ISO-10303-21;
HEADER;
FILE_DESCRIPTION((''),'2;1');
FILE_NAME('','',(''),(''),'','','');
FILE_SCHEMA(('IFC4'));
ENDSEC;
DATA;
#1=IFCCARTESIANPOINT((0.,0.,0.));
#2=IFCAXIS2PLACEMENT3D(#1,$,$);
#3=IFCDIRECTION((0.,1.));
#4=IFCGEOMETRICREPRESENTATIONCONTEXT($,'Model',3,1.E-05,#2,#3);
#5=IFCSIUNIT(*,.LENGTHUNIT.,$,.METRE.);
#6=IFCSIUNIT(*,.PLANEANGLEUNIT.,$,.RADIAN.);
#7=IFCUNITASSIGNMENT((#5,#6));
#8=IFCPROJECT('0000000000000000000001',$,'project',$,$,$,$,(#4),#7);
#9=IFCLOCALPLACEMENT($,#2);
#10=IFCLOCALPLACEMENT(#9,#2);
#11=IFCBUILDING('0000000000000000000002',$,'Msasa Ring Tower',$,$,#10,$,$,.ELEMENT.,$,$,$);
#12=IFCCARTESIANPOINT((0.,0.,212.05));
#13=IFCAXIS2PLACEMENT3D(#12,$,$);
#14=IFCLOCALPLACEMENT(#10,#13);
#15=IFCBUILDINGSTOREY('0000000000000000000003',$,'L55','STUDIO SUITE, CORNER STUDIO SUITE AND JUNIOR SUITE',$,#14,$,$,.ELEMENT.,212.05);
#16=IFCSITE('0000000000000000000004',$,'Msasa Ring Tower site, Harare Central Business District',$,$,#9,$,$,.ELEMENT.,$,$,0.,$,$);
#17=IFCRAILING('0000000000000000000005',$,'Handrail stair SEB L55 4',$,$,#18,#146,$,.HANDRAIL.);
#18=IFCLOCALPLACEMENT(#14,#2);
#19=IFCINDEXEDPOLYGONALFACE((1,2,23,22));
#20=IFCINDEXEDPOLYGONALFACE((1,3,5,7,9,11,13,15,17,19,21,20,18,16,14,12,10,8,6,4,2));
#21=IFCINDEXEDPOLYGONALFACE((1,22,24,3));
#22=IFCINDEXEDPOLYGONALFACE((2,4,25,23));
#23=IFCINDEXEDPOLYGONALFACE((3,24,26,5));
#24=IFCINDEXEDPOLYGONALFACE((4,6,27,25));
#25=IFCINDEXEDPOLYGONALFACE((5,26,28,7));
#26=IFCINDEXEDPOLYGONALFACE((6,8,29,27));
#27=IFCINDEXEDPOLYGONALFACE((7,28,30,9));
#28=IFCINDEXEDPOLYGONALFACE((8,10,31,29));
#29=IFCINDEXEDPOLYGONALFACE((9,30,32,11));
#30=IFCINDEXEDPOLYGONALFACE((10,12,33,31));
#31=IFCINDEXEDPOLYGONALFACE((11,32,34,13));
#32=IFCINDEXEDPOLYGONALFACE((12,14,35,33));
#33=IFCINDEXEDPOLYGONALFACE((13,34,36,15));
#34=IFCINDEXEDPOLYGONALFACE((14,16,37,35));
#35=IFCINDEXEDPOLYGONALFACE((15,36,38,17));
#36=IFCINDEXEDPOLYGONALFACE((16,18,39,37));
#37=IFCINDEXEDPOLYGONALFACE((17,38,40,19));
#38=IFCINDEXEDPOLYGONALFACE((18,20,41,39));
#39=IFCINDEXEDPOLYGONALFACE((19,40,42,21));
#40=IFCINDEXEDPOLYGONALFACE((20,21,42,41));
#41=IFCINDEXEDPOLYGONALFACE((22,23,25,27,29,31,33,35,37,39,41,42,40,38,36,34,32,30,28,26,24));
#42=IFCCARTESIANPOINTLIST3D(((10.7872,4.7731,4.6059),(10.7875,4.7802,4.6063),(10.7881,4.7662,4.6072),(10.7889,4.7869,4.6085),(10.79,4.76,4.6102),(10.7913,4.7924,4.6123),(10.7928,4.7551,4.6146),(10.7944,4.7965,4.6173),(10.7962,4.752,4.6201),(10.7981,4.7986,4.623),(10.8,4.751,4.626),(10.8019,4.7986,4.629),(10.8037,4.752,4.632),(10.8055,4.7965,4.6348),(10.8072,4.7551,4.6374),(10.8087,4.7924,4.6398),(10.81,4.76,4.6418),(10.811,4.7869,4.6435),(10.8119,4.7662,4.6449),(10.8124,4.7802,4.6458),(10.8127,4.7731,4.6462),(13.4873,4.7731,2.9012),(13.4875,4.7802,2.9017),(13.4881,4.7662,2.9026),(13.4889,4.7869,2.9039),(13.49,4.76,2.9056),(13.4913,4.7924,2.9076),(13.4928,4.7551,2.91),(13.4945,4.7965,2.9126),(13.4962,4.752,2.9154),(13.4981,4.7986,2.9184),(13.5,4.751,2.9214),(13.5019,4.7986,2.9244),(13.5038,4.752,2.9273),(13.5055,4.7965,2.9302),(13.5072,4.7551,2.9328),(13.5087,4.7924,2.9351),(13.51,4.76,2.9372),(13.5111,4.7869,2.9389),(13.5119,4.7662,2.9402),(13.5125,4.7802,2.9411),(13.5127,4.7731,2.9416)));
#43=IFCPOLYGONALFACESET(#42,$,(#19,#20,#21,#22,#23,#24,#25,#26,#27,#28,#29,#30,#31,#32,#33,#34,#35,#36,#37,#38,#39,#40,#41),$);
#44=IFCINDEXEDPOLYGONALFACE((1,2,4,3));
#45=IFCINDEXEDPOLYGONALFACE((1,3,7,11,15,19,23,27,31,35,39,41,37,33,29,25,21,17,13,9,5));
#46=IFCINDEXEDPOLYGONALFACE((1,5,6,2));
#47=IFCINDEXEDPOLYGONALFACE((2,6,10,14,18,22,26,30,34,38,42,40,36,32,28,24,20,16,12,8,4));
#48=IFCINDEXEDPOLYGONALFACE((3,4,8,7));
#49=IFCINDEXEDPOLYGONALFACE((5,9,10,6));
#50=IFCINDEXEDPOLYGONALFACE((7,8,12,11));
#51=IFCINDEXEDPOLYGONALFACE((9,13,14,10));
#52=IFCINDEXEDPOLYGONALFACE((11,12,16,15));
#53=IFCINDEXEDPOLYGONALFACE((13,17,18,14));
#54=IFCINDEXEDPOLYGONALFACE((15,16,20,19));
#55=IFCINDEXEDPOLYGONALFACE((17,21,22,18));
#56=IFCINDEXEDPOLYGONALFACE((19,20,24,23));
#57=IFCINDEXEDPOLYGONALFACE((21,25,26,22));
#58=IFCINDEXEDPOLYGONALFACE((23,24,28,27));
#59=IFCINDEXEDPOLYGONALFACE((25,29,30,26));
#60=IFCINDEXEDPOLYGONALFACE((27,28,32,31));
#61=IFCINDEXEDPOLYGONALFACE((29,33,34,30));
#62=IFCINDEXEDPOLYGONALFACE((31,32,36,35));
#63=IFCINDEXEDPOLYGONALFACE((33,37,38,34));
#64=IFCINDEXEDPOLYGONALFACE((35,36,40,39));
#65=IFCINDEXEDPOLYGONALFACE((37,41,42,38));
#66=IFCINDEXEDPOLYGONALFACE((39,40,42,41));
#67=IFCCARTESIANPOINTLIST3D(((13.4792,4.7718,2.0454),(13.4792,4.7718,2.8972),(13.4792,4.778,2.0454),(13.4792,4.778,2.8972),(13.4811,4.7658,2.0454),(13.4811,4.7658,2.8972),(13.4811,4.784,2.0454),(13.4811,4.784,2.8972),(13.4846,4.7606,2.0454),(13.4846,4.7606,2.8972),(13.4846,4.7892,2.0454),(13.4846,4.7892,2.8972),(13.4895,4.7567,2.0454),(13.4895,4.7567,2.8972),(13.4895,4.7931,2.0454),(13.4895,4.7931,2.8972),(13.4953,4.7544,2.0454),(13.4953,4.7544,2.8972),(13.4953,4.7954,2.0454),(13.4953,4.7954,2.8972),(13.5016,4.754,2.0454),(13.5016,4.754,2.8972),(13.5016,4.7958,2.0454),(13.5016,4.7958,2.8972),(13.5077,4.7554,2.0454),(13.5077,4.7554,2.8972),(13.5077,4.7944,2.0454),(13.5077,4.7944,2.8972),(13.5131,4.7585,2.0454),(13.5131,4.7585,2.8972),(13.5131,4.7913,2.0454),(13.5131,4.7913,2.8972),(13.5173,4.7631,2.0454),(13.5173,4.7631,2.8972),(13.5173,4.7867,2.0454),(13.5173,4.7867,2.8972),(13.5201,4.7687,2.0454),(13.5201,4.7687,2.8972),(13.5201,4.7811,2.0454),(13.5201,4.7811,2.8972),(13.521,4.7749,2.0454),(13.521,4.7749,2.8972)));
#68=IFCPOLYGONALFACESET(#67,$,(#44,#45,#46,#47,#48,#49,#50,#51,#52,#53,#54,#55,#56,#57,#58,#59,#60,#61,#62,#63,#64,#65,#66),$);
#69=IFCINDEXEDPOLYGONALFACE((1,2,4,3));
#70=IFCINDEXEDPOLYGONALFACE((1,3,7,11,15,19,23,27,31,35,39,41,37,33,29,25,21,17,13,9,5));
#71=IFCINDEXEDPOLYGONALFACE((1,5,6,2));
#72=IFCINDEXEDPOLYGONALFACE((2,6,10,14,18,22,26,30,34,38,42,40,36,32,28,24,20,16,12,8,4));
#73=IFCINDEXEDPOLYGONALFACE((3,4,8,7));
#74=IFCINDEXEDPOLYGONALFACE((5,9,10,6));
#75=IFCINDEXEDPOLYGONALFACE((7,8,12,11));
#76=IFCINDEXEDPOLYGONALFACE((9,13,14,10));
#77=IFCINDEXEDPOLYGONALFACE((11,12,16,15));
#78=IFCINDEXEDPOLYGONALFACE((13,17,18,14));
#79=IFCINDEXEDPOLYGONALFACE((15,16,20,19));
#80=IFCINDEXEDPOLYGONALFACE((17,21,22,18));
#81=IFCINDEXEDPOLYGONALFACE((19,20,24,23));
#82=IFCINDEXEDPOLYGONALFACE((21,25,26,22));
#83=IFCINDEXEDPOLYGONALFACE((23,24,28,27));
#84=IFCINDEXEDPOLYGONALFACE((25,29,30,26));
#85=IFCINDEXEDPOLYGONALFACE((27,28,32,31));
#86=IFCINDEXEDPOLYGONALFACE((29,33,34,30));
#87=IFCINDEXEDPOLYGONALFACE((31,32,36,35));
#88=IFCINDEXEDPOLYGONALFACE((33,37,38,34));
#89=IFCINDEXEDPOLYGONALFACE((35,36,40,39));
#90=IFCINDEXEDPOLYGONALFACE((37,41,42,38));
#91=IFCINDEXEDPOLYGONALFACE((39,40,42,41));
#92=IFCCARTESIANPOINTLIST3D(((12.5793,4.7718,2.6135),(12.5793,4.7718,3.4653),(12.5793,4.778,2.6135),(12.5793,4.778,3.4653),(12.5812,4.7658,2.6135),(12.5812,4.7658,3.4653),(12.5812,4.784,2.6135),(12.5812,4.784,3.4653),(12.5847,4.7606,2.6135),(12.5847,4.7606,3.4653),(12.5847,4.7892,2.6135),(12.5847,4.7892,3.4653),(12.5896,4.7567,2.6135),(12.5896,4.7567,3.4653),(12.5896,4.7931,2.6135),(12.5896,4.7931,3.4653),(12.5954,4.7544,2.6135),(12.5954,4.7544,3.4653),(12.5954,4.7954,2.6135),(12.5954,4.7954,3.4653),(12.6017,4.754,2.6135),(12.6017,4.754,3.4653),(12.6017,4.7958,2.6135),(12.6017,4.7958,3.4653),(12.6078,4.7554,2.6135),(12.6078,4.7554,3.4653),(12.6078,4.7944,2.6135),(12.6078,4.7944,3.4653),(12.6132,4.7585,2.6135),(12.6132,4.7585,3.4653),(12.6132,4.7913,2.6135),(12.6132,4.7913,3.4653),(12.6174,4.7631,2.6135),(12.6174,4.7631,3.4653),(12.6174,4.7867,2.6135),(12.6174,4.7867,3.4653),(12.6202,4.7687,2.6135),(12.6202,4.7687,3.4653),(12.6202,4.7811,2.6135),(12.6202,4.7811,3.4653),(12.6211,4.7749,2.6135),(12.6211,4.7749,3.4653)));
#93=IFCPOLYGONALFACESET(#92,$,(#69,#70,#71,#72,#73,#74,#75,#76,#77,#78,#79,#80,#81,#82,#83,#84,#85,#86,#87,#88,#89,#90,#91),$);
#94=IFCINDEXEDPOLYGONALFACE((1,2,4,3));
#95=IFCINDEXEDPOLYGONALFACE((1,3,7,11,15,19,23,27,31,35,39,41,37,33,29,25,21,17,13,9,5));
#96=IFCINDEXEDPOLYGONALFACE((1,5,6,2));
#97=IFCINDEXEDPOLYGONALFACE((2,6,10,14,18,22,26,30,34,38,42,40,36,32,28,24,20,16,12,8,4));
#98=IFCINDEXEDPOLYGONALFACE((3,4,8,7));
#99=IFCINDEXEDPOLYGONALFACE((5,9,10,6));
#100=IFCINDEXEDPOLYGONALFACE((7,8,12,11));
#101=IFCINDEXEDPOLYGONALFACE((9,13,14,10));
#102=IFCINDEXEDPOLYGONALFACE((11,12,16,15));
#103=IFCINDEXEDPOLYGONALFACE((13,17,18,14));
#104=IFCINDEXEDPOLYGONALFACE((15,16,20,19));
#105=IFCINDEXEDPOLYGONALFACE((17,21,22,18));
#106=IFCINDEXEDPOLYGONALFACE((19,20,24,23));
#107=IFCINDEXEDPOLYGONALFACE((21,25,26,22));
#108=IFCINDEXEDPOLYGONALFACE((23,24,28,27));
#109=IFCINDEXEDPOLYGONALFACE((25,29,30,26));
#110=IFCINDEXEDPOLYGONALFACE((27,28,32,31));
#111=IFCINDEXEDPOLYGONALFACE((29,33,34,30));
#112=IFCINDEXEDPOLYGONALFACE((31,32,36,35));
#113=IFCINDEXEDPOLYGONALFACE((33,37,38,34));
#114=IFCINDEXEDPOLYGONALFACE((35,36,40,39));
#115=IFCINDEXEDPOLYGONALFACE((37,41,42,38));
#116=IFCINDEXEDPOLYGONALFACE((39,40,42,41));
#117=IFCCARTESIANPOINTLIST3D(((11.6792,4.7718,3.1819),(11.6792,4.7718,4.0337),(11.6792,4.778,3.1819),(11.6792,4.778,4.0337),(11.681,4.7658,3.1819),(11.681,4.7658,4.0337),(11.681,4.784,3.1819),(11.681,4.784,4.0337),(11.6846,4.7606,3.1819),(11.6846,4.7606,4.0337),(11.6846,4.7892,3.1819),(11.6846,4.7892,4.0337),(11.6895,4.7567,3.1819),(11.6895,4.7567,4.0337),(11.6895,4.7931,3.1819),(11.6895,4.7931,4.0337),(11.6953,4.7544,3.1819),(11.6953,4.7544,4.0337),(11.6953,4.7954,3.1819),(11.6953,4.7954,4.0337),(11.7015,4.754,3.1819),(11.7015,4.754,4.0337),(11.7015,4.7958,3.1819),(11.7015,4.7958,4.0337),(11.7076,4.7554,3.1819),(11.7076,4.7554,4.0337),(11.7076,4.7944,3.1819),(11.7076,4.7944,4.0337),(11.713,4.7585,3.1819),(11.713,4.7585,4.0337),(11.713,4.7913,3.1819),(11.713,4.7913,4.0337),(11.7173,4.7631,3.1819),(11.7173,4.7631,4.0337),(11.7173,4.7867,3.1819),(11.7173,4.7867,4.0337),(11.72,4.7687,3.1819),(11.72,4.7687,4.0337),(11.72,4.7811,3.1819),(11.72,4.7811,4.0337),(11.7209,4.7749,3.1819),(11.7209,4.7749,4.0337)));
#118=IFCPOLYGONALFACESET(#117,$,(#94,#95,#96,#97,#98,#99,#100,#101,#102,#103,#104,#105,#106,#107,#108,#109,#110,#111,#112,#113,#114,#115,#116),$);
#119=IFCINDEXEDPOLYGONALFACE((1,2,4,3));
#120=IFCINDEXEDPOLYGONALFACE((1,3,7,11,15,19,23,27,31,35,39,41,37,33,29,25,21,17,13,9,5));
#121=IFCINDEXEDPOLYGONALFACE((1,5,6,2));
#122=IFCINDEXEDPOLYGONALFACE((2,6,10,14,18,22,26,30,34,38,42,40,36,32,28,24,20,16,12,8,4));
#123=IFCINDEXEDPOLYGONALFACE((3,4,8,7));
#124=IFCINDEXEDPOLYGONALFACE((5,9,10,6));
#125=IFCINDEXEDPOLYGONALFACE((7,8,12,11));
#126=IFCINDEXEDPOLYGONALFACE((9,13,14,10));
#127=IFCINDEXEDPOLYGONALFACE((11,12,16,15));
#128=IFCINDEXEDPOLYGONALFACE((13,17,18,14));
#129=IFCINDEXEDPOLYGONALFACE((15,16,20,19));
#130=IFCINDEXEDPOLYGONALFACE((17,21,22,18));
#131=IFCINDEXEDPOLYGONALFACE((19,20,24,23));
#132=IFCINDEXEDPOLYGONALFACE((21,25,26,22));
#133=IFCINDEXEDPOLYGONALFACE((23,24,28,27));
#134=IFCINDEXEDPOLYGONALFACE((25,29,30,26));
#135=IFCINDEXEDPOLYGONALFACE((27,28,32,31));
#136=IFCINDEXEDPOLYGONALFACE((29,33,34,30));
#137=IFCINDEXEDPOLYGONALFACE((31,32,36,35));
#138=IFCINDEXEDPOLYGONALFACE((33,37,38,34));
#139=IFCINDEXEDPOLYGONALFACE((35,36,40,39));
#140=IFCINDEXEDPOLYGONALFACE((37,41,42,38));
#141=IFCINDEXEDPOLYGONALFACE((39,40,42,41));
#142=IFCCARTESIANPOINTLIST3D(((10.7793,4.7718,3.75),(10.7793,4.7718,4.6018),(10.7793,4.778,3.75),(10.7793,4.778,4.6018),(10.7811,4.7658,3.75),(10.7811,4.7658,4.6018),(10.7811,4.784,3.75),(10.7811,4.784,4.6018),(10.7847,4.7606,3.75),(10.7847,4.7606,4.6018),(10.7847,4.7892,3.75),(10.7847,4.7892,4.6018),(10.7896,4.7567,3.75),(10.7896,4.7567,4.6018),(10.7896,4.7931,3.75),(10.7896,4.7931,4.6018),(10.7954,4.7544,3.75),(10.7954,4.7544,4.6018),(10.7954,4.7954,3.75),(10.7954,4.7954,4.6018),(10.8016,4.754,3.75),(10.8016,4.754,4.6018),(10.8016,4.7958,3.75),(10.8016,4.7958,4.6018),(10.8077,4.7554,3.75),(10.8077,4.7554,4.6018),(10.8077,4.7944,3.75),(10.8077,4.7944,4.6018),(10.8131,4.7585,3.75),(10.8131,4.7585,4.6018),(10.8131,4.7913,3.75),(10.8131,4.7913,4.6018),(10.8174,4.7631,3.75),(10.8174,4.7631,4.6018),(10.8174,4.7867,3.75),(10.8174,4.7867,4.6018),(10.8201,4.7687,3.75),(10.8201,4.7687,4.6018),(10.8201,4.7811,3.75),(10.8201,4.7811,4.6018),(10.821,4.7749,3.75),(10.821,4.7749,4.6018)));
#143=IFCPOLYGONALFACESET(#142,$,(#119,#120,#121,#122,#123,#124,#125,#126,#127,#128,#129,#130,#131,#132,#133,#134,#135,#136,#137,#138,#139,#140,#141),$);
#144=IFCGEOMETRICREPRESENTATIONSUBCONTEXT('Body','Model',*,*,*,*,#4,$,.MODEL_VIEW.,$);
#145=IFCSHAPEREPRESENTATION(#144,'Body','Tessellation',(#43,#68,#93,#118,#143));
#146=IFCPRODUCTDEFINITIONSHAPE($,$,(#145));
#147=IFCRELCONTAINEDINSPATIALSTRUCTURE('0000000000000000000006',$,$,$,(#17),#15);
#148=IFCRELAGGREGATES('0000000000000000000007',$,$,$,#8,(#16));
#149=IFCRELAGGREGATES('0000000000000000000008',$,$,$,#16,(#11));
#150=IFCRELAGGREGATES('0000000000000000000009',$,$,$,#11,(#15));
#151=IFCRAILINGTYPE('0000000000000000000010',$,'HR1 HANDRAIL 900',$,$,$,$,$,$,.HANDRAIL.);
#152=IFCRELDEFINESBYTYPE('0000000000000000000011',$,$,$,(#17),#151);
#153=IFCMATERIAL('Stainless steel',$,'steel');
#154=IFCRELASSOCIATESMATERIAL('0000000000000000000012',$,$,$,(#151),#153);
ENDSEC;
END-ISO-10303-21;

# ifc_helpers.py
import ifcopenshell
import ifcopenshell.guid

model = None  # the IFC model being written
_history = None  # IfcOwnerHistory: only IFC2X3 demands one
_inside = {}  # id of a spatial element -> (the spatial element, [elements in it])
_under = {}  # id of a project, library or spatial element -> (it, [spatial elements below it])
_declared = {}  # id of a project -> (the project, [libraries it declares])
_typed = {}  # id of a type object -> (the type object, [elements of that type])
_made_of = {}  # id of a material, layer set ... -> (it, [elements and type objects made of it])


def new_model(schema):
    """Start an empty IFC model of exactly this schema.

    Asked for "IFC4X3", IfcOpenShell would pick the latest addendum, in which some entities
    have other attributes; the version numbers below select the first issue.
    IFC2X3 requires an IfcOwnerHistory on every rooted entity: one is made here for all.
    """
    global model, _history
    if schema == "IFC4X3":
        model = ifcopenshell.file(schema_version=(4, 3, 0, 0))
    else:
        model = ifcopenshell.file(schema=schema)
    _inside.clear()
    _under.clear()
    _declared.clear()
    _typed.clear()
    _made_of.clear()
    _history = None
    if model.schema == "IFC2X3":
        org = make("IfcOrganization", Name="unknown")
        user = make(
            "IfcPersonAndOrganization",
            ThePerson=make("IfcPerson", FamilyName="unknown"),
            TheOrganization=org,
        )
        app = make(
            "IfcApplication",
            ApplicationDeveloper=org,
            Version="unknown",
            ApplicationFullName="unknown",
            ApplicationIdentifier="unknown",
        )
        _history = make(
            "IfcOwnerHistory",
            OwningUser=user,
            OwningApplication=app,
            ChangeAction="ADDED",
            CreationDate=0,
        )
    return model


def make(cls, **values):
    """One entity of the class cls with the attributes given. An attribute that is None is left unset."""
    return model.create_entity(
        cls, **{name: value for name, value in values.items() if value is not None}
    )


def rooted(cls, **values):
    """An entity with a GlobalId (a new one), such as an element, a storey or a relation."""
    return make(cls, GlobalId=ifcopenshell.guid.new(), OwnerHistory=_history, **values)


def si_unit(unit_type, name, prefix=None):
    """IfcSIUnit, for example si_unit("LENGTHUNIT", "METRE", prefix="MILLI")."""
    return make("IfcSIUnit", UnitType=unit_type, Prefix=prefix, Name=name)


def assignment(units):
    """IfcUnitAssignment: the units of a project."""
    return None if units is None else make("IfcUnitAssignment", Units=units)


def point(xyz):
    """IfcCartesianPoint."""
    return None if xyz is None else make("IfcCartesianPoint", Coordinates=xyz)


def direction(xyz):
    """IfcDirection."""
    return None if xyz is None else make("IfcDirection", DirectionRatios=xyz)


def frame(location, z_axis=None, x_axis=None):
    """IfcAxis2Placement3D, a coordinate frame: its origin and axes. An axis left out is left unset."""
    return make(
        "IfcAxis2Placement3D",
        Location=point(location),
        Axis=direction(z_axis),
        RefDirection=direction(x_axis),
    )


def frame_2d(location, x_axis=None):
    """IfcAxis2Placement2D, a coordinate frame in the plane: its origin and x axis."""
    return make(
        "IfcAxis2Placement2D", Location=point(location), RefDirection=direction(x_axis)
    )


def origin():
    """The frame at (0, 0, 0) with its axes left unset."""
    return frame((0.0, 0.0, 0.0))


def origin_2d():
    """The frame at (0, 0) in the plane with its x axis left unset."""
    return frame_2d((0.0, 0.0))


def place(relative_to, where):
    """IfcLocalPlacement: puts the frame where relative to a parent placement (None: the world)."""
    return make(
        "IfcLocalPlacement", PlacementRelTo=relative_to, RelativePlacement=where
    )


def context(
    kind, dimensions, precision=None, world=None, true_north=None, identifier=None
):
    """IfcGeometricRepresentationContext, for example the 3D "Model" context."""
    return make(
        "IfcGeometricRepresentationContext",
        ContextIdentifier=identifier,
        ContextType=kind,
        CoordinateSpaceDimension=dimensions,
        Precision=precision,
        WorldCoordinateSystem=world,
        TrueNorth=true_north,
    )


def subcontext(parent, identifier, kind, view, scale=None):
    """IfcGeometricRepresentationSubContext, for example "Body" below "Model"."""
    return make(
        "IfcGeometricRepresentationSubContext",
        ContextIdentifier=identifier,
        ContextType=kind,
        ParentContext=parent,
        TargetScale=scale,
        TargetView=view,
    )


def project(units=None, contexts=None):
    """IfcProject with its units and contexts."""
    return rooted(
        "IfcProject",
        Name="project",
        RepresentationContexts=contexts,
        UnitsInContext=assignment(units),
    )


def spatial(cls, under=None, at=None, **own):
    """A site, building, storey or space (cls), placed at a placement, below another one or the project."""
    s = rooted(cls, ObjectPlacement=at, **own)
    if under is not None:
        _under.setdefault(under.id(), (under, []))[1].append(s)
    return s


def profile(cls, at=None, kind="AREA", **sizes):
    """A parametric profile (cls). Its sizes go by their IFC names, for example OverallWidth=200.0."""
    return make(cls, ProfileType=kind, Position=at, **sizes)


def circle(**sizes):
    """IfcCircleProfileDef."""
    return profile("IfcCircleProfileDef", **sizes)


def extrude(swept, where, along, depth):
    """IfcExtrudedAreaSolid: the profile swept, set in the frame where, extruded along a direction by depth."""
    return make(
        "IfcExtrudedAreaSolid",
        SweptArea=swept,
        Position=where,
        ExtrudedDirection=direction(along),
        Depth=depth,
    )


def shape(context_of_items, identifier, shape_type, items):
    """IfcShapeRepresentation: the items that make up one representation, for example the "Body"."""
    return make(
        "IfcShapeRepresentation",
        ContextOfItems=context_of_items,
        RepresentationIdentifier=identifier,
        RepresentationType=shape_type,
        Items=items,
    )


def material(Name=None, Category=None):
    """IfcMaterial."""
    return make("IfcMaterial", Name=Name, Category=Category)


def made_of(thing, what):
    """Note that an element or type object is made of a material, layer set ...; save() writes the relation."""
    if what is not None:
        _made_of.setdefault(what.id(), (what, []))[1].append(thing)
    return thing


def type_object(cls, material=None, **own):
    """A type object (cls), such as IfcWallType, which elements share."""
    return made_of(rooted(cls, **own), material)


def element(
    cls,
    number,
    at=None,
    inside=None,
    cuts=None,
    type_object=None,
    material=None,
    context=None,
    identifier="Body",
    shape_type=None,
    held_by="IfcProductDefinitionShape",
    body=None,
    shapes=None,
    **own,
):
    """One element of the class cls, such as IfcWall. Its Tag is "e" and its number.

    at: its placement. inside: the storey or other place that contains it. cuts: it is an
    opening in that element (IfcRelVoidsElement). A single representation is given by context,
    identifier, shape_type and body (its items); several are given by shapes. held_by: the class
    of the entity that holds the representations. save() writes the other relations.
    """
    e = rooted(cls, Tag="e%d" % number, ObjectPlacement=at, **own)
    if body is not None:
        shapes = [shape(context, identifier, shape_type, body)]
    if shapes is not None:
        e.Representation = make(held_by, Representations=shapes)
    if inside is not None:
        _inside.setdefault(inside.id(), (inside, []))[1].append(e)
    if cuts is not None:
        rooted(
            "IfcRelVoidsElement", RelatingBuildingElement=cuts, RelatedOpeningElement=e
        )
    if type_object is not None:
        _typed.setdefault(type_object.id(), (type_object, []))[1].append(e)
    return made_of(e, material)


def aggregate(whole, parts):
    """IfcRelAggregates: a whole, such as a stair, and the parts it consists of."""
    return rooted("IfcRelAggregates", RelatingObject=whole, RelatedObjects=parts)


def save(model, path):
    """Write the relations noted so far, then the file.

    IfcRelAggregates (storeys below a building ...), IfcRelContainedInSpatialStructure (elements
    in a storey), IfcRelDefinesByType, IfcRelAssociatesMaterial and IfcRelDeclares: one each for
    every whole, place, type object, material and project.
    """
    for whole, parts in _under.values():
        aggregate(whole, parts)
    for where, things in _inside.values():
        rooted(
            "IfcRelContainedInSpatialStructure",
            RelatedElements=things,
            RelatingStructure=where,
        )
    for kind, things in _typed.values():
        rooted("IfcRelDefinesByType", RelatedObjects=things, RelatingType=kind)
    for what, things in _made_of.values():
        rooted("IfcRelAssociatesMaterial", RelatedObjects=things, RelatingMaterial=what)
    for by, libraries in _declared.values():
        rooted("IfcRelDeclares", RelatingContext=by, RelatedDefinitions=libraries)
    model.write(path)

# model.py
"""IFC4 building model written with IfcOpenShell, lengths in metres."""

from ifc_helpers import new_model, si_unit, direction, frame, origin, origin_2d, place, context, subcontext, project, spatial, circle, extrude, material, type_object, element, save


model = new_model("IFC4")

# Units and contexts
model_context = context("Model", 3, precision=1e-05, world=origin(), true_north=direction((0.0, 1.0)))
body_context = subcontext(model_context, "Body", "Model", "MODEL_VIEW")
ifc_project = project(units=[si_unit("LENGTHUNIT", "METRE"), si_unit("PLANEANGLEUNIT", "RADIAN")], contexts=[model_context])

# Site, building, storey
site_placement = place(None, origin())
site = spatial("IfcSite", under=ifc_project, at=site_placement, Name="Msasa Ring Tower site, Harare Central Business District", CompositionType="ELEMENT", RefElevation=0.0)
building_placement = place(site_placement, origin())
building = spatial("IfcBuilding", under=site, at=building_placement, Name="Msasa Ring Tower", CompositionType="ELEMENT")
storey_placement = place(building_placement, frame((0.0, 0.0, 212.05)))
storey = spatial("IfcBuildingStorey", under=building, at=storey_placement, Name="L55", Description="STUDIO SUITE, CORNER STUDIO SUITE AND JUNIOR SUITE", CompositionType="ELEMENT", Elevation=212.05)

# Railing
ifc_material_1 = material(Name="Stainless steel", Category="steel")
railing_type = type_object("IfcRailingType", Name="HR1 HANDRAIL 900", PredefinedType="HANDRAIL", material=ifc_material_1)
for number, where, name in (
    (1, (13.5, 4.7749, 2.0454), "Handrail stair SEB L55 4"),
):
    element("IfcRailing", number, at=place(storey_placement, frame(where)), inside=storey, type_object=railing_type, Name=name, PredefinedType="HANDRAIL", context=body_context, shape_type="SweptSolid", body=[
        extrude(circle(Radius=0.0239, at=origin_2d()), frame((0.0, 0.0, 0.876), z_axis=(-0.84558, 0.0, 0.533849), x_axis=(0.0, -1.0, 0.0)), (0.0, 0.0, 1.0), 3.1931),
        extrude(circle(Radius=0.021, at=origin_2d()), origin(), (0.0, 0.0, 1.0), 0.8518),
        extrude(circle(Radius=0.021, at=origin_2d()), frame((-0.8999, 0.0, 0.5681)), (0.0, 0.0, 1.0), 0.8518),
        extrude(circle(Radius=0.021, at=origin_2d()), frame((-1.8, 0.0, 1.1365)), (0.0, 0.0, 1.0), 0.8518),
        extrude(circle(Radius=0.021, at=origin_2d()), frame((-2.7, 0.0, 1.7046)), (0.0, 0.0, 1.0), 0.8518),
    ])

save(model, "model.ifc")
